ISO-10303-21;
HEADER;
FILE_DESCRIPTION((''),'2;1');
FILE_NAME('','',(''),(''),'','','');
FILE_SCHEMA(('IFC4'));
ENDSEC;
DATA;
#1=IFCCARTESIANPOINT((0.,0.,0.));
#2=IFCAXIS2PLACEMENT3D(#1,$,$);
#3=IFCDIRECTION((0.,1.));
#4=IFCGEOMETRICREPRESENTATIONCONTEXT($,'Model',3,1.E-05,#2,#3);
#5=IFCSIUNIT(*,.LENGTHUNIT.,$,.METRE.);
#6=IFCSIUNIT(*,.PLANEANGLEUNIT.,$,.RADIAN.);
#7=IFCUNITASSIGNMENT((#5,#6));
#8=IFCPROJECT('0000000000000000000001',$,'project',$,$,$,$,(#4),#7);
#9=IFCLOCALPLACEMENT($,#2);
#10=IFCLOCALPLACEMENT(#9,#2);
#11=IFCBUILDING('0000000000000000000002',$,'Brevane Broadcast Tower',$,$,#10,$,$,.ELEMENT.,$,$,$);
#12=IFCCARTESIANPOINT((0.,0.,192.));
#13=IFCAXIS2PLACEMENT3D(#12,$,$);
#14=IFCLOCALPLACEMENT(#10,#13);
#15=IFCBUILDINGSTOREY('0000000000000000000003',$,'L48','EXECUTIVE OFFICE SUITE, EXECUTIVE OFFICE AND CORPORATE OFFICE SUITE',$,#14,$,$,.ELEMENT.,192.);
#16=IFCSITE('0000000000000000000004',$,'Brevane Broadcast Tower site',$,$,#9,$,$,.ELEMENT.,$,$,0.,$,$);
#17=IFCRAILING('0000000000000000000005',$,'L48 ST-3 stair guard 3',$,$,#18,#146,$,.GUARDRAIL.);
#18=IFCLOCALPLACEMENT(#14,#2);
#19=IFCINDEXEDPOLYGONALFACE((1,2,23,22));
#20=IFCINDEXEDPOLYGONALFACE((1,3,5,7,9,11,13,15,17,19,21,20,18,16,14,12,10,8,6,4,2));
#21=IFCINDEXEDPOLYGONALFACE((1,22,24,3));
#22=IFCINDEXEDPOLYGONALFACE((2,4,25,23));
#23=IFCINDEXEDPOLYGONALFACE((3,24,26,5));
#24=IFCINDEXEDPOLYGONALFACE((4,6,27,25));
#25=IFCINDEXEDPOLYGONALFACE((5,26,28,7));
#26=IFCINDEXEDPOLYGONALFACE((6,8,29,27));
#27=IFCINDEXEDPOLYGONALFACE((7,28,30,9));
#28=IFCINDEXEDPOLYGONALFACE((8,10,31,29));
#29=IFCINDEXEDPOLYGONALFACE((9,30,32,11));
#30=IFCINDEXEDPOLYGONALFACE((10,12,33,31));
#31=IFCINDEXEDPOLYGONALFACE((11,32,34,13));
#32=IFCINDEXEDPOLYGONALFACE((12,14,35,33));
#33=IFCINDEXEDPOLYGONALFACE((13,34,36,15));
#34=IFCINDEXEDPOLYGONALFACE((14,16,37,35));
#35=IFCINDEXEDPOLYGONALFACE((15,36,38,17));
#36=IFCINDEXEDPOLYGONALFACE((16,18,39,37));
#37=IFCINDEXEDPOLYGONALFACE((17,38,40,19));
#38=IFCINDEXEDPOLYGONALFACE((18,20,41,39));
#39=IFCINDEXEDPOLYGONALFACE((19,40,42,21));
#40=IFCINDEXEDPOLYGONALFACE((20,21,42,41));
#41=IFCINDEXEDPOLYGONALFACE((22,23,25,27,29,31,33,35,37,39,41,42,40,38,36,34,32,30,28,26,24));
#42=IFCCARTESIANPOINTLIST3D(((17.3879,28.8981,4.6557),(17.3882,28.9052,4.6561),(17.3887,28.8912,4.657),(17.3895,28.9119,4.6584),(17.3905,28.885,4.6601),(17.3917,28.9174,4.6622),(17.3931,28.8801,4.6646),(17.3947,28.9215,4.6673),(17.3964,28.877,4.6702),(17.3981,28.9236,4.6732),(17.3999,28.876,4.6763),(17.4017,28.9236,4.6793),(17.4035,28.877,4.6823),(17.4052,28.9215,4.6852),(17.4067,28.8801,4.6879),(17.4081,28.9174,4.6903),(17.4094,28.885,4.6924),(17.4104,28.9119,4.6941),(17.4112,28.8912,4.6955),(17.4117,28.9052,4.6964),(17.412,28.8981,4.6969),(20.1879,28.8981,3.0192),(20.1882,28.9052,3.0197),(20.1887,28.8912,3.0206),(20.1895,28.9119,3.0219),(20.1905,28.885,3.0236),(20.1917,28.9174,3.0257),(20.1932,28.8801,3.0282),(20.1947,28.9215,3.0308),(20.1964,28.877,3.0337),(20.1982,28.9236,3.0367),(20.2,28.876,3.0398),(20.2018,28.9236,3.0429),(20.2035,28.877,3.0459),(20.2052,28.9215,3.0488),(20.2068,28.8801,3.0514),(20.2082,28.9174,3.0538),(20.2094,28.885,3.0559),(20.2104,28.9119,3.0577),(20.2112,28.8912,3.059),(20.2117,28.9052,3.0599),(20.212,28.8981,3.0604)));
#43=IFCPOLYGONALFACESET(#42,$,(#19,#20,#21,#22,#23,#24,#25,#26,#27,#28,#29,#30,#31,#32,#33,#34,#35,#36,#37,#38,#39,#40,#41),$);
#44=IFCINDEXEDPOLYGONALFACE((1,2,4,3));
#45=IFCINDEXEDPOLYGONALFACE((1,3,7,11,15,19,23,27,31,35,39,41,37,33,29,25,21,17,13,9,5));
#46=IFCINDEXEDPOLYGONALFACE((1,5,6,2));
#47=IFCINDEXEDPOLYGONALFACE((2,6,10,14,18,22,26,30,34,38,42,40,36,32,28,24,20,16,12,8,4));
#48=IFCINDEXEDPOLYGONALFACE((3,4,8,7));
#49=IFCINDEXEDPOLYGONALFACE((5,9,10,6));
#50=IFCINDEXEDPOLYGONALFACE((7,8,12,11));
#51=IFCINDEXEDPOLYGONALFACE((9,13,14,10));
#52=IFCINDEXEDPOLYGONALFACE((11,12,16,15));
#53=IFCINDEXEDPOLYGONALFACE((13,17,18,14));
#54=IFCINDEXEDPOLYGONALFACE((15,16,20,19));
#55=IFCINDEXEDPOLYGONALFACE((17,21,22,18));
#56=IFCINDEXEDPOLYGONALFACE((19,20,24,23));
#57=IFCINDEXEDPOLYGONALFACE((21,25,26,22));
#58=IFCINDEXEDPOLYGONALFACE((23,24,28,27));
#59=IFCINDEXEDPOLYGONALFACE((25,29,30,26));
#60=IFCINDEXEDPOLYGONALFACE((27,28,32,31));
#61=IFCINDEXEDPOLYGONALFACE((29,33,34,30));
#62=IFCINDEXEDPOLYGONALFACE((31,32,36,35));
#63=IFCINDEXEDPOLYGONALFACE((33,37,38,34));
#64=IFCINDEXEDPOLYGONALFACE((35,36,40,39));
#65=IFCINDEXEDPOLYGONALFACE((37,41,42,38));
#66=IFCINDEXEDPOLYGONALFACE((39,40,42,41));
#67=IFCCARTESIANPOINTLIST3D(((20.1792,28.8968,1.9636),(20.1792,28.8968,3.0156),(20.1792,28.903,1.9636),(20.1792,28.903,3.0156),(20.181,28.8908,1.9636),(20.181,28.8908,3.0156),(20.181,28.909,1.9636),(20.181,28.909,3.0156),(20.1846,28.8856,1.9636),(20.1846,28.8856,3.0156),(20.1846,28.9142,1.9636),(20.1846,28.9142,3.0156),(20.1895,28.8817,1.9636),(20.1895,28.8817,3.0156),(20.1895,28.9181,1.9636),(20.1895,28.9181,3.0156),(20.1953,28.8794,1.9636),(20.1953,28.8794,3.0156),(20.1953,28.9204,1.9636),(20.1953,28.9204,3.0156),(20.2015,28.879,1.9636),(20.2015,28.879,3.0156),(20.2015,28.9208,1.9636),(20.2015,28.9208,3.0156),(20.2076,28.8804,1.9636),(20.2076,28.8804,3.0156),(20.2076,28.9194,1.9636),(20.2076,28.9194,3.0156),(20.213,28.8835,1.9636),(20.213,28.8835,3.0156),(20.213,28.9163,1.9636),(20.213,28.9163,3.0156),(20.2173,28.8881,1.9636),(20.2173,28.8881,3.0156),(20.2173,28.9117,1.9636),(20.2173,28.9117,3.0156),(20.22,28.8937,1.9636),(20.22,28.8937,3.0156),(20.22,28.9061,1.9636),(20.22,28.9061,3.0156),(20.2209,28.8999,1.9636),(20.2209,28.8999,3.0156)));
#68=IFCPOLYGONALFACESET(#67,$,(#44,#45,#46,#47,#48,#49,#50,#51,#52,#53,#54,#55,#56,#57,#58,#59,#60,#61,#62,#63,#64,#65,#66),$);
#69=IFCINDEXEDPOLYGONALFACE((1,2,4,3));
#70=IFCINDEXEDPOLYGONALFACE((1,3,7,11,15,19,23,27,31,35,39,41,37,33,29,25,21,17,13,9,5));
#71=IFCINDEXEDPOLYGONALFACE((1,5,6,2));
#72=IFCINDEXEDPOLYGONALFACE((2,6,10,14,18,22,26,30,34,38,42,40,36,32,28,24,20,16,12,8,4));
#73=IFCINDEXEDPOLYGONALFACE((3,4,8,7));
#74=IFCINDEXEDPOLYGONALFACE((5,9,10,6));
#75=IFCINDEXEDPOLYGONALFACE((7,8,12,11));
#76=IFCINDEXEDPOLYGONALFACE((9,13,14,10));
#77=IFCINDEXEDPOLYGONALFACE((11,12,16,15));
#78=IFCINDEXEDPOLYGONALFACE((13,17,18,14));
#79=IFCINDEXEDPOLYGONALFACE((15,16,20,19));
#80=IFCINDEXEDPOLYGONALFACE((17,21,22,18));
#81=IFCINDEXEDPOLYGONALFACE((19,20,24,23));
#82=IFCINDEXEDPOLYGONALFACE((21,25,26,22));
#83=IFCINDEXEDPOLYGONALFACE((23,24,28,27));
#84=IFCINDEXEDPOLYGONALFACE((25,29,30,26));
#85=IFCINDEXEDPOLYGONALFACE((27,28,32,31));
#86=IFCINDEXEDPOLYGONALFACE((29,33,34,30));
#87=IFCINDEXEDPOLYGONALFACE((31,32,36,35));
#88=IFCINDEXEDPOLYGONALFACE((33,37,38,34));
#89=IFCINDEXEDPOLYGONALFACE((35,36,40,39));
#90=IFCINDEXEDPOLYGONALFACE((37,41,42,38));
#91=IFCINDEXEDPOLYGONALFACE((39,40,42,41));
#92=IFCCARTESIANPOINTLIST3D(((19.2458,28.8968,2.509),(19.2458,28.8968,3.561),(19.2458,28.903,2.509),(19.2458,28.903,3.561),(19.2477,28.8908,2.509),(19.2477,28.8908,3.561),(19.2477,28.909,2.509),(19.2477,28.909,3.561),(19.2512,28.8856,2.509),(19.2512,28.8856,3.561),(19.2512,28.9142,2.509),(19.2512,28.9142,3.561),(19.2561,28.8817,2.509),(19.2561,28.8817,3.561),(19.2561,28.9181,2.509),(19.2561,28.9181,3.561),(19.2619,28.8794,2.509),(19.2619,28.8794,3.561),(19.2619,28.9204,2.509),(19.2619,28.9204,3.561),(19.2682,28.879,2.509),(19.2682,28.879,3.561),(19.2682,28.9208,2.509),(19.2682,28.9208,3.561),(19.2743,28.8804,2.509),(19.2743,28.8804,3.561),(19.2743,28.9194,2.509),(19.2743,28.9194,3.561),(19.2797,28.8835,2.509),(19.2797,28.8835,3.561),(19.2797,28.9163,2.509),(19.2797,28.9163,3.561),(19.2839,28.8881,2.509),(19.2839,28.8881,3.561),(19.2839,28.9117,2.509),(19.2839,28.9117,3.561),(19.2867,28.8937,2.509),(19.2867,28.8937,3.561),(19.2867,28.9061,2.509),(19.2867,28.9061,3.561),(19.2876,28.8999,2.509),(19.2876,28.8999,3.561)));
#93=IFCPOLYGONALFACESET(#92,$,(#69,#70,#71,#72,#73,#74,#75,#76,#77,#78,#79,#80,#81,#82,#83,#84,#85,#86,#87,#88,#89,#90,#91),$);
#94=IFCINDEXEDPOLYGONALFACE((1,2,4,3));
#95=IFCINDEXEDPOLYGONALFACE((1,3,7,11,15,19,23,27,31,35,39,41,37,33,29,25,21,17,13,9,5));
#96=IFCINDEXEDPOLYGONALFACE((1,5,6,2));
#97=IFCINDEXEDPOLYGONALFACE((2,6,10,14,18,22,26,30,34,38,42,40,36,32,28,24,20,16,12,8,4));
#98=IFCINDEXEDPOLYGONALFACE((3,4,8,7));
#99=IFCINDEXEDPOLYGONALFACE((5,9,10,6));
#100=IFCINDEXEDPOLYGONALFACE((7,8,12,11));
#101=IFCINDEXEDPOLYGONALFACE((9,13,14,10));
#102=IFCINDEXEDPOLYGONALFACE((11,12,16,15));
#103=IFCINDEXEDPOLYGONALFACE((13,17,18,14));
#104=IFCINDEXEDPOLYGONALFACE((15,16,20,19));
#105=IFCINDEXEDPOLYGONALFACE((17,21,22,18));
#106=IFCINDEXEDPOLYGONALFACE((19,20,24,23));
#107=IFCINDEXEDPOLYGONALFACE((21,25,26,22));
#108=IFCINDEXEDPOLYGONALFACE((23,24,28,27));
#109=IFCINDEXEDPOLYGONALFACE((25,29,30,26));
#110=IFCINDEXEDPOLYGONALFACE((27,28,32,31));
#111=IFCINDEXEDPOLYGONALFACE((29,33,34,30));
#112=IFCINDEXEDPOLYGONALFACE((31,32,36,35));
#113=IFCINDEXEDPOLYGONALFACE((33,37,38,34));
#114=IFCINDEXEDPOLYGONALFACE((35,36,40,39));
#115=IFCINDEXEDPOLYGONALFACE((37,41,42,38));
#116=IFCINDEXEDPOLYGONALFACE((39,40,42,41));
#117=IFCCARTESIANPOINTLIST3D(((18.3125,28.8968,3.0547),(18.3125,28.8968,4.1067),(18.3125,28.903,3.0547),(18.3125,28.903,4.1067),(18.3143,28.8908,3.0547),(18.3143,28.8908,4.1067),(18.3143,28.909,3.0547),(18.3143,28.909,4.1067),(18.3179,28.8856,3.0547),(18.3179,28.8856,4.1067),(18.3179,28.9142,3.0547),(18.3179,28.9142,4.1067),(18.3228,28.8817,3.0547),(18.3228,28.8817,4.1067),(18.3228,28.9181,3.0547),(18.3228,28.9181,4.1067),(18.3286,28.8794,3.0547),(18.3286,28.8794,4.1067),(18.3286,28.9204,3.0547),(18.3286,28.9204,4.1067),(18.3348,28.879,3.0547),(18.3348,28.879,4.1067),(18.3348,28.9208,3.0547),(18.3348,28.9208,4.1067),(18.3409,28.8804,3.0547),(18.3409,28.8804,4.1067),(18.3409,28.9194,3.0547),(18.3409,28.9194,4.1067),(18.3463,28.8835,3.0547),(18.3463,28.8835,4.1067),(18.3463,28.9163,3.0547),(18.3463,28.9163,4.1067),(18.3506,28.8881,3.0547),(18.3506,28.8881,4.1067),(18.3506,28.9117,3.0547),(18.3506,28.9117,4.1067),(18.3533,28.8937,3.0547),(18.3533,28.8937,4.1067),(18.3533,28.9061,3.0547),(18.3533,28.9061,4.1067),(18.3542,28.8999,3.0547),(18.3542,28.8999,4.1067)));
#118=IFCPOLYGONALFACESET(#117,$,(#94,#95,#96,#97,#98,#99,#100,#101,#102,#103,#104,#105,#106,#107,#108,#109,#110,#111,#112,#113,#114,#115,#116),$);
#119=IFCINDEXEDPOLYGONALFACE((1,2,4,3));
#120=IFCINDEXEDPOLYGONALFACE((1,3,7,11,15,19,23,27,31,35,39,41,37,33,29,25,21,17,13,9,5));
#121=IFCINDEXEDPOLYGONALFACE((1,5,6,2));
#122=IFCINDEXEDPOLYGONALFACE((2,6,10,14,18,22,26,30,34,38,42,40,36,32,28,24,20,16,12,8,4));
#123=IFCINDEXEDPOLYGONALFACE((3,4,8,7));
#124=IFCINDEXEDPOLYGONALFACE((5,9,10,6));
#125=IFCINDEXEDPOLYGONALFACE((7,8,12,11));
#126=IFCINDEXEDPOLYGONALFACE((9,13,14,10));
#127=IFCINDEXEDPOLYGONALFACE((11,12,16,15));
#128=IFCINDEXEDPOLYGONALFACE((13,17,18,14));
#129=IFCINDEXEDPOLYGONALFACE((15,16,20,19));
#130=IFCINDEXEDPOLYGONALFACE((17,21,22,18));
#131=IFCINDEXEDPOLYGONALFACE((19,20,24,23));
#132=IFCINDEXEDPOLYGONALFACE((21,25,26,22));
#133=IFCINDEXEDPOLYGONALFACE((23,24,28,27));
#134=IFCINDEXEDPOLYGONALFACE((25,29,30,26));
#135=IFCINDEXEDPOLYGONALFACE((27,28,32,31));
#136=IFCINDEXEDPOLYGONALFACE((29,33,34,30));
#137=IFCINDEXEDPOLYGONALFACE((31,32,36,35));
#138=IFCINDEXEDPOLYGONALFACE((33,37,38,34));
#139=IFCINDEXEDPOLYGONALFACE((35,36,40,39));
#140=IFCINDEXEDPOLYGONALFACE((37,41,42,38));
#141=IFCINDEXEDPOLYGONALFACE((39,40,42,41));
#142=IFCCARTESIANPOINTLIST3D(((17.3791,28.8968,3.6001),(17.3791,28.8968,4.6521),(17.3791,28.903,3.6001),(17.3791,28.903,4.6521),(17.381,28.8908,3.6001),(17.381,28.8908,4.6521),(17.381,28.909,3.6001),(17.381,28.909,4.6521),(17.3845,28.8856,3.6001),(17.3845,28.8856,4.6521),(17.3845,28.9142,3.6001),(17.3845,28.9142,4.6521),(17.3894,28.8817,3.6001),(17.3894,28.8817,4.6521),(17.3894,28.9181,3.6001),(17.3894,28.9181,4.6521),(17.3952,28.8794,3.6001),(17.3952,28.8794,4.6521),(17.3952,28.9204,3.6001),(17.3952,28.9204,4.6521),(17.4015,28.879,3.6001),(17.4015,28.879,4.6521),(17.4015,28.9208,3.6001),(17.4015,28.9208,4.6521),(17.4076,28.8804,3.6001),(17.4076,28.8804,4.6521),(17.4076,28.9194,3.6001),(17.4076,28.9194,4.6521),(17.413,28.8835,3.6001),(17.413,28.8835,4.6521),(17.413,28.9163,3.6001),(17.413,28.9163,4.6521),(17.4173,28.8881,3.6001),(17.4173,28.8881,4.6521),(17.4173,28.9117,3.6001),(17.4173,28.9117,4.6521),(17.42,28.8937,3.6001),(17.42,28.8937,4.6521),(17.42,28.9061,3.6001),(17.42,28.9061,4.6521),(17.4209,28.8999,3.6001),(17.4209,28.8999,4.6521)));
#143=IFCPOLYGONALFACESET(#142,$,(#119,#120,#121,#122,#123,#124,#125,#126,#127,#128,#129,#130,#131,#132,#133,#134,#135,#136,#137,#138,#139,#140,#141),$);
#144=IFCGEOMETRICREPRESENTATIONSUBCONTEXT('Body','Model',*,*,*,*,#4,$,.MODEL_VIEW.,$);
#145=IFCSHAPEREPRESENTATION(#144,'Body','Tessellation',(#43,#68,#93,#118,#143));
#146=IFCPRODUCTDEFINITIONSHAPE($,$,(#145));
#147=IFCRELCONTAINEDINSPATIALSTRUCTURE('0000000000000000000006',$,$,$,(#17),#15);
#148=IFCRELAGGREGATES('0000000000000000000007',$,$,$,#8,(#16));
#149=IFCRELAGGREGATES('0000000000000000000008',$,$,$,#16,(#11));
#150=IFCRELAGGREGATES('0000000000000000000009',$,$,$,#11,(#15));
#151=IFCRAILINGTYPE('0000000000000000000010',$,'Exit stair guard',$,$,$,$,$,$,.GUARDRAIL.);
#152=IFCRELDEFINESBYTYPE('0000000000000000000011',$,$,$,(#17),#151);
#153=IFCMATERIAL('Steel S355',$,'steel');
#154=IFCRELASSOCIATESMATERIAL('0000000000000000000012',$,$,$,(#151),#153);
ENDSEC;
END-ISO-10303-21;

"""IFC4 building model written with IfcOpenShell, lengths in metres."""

from ifc_helpers import new_model, si_unit, direction, frame, origin, origin_2d, place, context, subcontext, project, spatial, circle, extrude, material, type_object, element, save


model = new_model("IFC4")

# Units and contexts
model_context = context("Model", 3, precision=1e-05, world=origin(), true_north=direction((0.0, 1.0)))
body_context = subcontext(model_context, "Body", "Model", "MODEL_VIEW")
ifc_project = project(units=[si_unit("LENGTHUNIT", "METRE"), si_unit("PLANEANGLEUNIT", "RADIAN")], contexts=[model_context])

# Site, building, storey
site_placement = place(None, origin())
site = spatial("IfcSite", under=ifc_project, at=site_placement, Name="Brevane Broadcast Tower site", CompositionType="ELEMENT", RefElevation=0.0)
building_placement = place(site_placement, origin())
building = spatial("IfcBuilding", under=site, at=building_placement, Name="Brevane Broadcast Tower", CompositionType="ELEMENT")
storey_placement = place(building_placement, frame((0.0, 0.0, 192.0)))
storey = spatial("IfcBuildingStorey", under=building, at=storey_placement, Name="L48", Description="EXECUTIVE OFFICE SUITE, EXECUTIVE OFFICE AND CORPORATE OFFICE SUITE", CompositionType="ELEMENT", Elevation=192.0)

# Railing
ifc_material_1 = material(Name="Steel S355", Category="steel")
railing_type_1 = type_object("IfcRailingType", Name="Exit stair guard", PredefinedType="GUARDRAIL", material=ifc_material_1)
railing_1_placement = place(storey_placement, frame((20.2, 28.8999, 1.9636)))
element("IfcRailing", 1, at=railing_1_placement, inside=storey, type_object=railing_type_1, Name="L48 ST-3 stair guard 3", PredefinedType="GUARDRAIL", context=body_context, shape_type="SweptSolid", body=[
    extrude(circle(Radius=0.0239, at=origin_2d()), frame((0.0, 0.0, 1.0762), z_axis=(-0.863361, 0.0, 0.504587), x_axis=(0.0, -1.0, 0.0)), (0.0, 0.0, 1.0), 3.2432),
    extrude(circle(Radius=0.021, at=origin_2d()), origin(), (0.0, 0.0, 1.0), 1.052),
    extrude(circle(Radius=0.021, at=origin_2d()), frame((-0.9333, 0.0, 0.5454)), (0.0, 0.0, 1.0), 1.052),
    extrude(circle(Radius=0.021, at=origin_2d()), frame((-1.8667, 0.0, 1.0911)), (0.0, 0.0, 1.0), 1.052),
    extrude(circle(Radius=0.021, at=origin_2d()), frame((-2.8, 0.0, 1.6365)), (0.0, 0.0, 1.0), 1.052),
])

save(model, "model.ifc")
